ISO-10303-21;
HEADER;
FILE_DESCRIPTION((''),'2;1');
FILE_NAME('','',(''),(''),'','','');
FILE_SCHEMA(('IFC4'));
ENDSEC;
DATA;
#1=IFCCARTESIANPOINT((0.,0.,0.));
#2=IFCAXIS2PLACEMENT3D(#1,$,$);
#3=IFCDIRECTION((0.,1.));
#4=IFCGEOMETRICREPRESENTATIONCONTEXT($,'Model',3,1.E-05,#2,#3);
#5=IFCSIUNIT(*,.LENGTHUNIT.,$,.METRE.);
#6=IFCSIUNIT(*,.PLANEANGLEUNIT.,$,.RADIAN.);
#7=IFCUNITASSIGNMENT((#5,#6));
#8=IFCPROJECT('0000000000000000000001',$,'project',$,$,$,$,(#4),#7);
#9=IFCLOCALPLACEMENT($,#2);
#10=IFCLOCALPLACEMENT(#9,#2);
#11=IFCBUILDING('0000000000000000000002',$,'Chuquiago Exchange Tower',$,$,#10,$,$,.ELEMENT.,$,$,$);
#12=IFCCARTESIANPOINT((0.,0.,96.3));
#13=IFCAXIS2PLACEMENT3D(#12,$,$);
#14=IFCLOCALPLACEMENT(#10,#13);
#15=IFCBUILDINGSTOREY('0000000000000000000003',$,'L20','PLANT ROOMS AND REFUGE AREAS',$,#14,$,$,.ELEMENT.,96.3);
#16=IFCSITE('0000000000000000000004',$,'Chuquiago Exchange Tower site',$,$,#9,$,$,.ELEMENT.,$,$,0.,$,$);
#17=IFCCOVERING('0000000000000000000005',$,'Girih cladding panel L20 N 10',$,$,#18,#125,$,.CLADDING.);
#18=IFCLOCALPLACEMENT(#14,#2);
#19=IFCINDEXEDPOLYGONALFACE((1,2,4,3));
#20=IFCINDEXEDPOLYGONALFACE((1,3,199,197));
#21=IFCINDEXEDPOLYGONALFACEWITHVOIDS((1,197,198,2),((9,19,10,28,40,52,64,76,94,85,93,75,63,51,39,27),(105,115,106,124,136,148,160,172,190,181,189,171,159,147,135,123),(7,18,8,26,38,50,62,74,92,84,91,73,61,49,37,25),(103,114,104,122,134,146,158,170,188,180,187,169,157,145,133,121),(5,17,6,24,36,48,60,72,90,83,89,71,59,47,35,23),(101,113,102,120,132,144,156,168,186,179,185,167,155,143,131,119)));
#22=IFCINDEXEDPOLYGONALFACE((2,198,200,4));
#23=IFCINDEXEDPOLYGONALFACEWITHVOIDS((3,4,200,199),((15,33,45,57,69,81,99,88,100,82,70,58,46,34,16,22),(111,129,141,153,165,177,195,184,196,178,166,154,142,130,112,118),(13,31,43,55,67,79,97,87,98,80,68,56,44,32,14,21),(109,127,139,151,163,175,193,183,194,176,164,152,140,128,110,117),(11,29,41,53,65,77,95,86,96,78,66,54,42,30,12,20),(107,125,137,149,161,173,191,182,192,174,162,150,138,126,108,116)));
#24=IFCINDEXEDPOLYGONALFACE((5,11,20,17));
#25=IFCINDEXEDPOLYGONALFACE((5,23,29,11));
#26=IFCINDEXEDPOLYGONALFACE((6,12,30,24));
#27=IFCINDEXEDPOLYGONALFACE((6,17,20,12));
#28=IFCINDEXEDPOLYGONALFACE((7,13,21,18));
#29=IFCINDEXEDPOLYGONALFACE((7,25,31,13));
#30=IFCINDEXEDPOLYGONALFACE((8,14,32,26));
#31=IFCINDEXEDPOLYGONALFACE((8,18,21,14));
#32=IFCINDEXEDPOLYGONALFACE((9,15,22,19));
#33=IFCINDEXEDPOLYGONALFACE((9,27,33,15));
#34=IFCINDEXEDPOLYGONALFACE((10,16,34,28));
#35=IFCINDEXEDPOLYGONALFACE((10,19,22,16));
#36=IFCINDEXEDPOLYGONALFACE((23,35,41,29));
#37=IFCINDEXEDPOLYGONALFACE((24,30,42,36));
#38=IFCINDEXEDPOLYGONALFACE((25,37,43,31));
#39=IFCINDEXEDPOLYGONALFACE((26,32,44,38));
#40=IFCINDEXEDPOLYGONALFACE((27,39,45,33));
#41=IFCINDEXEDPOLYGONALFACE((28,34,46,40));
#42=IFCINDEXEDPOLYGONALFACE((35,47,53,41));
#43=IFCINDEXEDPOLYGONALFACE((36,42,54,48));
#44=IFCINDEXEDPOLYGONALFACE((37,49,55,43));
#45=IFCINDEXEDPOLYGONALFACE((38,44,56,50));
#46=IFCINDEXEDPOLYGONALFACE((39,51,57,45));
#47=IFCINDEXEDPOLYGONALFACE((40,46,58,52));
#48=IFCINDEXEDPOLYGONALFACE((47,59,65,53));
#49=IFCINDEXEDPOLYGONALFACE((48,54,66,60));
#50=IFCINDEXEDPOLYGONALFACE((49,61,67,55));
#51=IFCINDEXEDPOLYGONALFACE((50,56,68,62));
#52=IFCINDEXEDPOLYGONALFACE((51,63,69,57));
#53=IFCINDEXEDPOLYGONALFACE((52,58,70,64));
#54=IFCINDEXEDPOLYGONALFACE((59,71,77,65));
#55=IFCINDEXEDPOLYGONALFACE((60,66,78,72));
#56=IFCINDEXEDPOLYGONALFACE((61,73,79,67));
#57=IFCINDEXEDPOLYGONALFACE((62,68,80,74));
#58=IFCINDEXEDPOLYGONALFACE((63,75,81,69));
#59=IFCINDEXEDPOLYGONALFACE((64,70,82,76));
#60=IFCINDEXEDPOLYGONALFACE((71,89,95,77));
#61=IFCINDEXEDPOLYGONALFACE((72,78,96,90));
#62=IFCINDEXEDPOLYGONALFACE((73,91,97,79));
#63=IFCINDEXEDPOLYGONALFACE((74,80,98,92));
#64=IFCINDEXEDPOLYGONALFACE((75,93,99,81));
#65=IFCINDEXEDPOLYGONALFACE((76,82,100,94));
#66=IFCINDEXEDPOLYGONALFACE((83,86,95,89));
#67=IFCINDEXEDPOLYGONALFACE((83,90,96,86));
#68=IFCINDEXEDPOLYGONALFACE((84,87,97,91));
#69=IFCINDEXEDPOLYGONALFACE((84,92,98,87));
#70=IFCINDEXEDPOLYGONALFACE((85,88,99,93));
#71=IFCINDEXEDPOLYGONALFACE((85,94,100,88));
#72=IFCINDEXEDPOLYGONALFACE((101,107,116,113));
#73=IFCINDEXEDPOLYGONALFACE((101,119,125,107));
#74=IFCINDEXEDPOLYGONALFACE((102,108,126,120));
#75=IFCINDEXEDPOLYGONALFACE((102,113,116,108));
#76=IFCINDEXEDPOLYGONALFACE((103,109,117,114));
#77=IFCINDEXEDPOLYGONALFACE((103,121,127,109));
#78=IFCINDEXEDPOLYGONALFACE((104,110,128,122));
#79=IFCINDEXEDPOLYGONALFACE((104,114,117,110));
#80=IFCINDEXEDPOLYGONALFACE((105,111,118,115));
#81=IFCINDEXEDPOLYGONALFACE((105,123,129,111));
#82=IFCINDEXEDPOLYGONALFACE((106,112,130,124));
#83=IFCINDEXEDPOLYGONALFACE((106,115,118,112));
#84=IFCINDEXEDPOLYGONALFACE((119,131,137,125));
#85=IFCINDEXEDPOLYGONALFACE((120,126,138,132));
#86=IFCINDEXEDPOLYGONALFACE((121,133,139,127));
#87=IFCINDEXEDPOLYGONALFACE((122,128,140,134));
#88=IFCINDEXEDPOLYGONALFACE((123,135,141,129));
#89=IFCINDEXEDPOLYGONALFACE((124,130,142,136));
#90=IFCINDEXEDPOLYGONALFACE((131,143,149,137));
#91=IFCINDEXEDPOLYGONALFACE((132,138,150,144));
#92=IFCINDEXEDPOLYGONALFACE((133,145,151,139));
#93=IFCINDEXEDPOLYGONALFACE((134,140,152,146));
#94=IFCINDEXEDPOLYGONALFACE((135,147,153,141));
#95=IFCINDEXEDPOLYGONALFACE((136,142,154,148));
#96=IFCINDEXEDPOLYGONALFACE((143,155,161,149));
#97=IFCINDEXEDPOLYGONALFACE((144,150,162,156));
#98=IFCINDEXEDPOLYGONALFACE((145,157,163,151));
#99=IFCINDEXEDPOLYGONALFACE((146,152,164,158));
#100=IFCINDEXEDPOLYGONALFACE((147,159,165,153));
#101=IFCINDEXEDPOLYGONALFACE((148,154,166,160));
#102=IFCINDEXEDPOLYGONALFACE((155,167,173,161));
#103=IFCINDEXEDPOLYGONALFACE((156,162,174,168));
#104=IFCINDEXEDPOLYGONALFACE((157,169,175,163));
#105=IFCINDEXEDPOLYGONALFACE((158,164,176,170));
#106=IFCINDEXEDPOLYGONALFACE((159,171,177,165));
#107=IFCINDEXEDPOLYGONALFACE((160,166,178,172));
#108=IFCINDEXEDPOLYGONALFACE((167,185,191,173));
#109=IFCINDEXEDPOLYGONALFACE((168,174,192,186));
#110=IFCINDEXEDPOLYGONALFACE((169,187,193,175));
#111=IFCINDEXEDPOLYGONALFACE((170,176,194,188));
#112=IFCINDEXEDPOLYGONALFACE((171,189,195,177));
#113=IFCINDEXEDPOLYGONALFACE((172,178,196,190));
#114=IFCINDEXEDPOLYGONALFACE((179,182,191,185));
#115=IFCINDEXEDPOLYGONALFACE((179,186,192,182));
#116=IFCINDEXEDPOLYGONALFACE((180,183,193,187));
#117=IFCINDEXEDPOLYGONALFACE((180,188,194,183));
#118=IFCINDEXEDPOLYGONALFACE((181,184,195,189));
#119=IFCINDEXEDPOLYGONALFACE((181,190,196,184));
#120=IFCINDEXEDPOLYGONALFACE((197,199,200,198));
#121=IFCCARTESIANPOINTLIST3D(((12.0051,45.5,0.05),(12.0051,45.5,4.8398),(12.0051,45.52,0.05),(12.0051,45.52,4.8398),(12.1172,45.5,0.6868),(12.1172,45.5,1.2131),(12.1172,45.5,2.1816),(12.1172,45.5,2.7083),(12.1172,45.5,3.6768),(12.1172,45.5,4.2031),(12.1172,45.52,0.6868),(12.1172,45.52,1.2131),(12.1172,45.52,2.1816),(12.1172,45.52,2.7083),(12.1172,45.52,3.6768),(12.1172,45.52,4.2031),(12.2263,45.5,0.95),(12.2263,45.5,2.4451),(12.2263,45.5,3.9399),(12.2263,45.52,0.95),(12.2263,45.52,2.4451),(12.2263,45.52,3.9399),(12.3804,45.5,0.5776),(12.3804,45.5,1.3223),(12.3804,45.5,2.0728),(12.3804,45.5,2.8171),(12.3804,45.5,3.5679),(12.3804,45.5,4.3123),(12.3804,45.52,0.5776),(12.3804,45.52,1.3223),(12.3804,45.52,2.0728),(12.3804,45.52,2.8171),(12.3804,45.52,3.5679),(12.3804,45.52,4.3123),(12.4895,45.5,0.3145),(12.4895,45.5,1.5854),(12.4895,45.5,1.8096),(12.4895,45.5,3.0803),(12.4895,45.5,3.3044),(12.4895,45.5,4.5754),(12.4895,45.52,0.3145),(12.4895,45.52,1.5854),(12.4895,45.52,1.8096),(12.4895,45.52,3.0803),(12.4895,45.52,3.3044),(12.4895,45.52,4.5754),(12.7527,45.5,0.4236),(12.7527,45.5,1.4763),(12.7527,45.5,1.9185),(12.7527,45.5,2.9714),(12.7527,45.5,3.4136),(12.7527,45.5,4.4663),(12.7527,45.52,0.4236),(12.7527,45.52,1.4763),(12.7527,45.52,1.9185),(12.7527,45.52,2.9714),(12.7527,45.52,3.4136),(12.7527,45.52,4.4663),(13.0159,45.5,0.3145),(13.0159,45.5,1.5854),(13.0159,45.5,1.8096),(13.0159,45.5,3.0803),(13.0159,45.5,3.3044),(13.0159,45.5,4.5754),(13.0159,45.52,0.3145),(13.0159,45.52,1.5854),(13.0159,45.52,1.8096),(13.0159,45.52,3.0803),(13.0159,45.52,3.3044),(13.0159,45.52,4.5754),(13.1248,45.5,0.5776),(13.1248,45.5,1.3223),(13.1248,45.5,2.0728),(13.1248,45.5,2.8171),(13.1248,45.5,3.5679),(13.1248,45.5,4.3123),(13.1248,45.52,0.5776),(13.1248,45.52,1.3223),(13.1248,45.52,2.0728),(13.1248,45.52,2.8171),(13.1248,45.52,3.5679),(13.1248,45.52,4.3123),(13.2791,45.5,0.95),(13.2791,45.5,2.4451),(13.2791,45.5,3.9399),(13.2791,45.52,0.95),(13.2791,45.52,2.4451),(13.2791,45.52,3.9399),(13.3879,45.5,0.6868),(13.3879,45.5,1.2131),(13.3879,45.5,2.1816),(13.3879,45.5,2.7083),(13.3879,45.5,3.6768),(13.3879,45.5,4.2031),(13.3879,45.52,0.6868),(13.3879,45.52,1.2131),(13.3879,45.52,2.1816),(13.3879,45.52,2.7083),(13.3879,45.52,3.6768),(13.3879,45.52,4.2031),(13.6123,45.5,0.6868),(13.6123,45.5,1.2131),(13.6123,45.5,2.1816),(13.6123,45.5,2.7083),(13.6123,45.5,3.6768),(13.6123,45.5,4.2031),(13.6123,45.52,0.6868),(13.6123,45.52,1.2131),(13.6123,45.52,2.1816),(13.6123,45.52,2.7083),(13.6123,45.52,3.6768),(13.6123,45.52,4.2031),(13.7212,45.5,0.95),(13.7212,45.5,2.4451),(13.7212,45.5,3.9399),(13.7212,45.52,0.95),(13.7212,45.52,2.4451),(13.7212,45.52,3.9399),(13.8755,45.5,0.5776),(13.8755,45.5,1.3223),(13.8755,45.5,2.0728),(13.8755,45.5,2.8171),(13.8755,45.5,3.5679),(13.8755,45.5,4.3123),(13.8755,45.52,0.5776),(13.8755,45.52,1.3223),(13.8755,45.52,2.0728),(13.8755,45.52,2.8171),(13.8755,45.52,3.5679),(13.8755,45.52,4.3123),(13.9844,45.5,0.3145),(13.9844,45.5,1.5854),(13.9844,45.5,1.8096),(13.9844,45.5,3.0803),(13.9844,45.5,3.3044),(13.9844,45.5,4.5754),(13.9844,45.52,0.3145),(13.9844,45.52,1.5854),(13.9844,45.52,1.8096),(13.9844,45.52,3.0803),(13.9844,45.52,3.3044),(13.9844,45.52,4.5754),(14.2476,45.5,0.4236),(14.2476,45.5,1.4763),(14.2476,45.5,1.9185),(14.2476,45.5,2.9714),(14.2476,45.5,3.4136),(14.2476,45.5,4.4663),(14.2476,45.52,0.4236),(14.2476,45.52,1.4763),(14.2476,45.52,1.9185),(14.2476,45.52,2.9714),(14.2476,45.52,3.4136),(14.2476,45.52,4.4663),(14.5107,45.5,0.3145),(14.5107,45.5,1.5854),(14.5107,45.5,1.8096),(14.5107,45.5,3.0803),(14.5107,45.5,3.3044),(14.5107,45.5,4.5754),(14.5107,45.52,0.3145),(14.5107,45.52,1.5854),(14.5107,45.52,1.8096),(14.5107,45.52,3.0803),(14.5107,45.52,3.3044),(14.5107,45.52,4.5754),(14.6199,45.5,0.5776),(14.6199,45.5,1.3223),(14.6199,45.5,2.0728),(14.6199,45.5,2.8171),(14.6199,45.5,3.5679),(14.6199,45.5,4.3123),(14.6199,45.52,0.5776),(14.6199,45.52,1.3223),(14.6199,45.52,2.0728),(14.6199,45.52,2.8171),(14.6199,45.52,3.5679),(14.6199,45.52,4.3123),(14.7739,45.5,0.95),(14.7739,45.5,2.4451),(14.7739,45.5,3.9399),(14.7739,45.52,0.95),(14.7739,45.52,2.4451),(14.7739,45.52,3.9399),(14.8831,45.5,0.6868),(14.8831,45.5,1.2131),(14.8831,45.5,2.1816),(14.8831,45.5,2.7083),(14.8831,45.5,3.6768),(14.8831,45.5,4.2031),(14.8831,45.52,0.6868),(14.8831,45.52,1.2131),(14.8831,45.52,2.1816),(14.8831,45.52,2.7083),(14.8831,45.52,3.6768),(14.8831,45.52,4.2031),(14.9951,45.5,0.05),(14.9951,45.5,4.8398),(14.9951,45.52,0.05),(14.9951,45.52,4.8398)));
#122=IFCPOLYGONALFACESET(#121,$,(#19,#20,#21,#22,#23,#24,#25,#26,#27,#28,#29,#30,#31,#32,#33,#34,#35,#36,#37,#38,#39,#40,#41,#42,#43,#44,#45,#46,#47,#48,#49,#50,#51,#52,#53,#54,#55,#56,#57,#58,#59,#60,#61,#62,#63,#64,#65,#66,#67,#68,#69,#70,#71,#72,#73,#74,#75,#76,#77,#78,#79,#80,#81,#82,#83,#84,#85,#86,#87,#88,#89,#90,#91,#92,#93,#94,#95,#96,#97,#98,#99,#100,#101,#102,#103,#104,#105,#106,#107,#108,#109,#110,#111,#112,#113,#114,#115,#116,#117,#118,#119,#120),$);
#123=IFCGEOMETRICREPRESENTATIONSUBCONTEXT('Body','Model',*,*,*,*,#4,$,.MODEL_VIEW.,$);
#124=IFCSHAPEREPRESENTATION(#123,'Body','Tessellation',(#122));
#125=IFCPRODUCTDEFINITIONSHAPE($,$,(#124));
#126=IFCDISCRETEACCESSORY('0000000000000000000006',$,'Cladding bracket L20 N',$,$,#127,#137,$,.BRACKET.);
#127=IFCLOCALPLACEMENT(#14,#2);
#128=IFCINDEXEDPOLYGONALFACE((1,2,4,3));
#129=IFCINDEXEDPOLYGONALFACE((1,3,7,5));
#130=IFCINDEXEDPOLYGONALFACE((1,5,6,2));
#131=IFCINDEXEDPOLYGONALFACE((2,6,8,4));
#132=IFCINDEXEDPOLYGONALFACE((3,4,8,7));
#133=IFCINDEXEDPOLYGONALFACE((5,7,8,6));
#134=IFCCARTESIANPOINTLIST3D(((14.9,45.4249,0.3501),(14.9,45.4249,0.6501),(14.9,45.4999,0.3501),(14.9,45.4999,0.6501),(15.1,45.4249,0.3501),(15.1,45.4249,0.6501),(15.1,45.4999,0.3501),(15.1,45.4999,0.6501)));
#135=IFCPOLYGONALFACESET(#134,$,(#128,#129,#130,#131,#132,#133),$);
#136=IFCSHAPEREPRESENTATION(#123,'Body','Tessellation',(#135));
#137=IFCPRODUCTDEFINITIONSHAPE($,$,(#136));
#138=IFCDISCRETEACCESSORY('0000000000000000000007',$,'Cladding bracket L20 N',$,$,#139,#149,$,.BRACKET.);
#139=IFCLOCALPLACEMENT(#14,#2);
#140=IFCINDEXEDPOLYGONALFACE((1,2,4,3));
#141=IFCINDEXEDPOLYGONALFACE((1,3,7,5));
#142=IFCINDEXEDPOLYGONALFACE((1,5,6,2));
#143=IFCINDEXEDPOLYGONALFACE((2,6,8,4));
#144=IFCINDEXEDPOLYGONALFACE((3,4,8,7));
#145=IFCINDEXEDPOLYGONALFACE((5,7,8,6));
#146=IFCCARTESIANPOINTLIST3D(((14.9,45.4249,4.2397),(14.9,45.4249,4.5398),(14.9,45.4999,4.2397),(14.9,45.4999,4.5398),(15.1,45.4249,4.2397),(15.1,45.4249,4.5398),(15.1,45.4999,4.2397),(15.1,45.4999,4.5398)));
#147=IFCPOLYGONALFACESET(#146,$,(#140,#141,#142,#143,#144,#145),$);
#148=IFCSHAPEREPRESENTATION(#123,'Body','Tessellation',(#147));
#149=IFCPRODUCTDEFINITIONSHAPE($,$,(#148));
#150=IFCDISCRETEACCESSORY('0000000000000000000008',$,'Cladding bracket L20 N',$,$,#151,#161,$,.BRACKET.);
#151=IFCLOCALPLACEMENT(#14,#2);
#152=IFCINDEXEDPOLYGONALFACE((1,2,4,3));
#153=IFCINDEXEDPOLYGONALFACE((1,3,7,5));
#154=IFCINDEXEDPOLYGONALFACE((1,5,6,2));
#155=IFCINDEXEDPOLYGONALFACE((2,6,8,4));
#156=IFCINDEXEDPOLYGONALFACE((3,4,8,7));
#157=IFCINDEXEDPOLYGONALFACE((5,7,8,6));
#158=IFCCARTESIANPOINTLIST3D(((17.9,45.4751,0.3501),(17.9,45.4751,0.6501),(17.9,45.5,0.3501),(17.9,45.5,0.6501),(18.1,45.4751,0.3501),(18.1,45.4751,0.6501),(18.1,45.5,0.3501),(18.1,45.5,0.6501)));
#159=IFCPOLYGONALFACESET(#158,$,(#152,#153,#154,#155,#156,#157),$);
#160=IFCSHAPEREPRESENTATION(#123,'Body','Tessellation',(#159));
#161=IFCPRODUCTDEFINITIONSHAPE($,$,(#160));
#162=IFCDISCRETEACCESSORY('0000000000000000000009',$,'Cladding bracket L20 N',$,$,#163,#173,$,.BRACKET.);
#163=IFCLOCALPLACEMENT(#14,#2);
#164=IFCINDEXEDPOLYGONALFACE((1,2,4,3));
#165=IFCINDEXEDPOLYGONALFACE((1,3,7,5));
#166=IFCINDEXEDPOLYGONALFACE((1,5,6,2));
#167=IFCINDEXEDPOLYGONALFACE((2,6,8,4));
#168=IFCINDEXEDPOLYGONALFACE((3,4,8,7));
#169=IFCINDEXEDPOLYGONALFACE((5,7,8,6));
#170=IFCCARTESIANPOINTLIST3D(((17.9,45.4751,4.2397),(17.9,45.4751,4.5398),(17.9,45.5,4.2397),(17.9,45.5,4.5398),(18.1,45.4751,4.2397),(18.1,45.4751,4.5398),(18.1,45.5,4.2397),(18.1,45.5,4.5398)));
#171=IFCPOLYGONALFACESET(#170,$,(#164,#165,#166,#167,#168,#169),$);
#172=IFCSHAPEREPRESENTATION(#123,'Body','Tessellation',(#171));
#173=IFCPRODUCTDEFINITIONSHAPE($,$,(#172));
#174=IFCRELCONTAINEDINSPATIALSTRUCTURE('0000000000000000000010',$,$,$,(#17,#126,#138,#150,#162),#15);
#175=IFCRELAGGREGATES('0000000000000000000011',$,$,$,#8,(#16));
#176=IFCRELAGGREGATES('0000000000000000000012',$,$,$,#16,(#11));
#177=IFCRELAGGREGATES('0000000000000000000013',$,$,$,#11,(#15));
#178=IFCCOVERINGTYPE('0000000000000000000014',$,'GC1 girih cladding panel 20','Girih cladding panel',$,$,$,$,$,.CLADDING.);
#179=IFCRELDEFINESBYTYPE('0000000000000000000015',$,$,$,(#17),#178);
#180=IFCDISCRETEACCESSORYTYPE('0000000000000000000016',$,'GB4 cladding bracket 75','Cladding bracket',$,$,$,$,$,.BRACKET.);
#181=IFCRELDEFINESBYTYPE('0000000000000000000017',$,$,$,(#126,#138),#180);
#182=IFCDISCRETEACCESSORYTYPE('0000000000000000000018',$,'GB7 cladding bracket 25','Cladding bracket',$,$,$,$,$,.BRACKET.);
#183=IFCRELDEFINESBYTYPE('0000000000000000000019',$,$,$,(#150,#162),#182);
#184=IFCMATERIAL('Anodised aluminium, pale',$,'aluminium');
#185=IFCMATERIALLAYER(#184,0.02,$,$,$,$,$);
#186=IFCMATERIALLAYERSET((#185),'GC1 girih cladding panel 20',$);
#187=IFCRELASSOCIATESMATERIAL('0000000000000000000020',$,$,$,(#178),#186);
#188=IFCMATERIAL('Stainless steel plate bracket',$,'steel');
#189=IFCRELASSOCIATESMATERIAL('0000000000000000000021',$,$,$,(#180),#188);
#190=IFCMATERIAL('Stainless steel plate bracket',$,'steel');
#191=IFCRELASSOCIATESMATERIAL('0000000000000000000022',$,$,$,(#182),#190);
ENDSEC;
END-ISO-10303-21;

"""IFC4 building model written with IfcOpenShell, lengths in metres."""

from ifc_helpers import new_model, si_unit, direction, frame, origin, origin_2d, place, context, subcontext, project, spatial, polyline, rectangle, outline, extrude, material, layer, layer_set, type_object, element, save


model = new_model("IFC4")

# Units and contexts
model_context = context("Model", 3, precision=1e-05, world=origin(), true_north=direction((0.0, 1.0)))
body_context = subcontext(model_context, "Body", "Model", "MODEL_VIEW")
ifc_project = project(units=[si_unit("LENGTHUNIT", "METRE"), si_unit("PLANEANGLEUNIT", "RADIAN")], contexts=[model_context])

# Site, building, storey
site_placement = place(None, origin())
site = spatial("IfcSite", under=ifc_project, at=site_placement, Name="Chuquiago Exchange Tower site", CompositionType="ELEMENT", RefElevation=0.0)
building_placement = place(site_placement, origin())
building = spatial("IfcBuilding", under=site, at=building_placement, Name="Chuquiago Exchange Tower", CompositionType="ELEMENT")
storey_placement = place(building_placement, frame((0.0, 0.0, 96.3)))
storey = spatial("IfcBuildingStorey", under=building, at=storey_placement, Name="L20", Description="PLANT ROOMS AND REFUGE AREAS", CompositionType="ELEMENT", Elevation=96.3)

# Covering
ifc_material_1 = material(Name="Anodised aluminium, pale", Category="aluminium")
ifc_layer_1 = layer(ifc_material_1, 0.02)
ifc_layer_set_1 = layer_set([ifc_layer_1], Name="GC1 girih cladding panel 20")
covering_type = type_object("IfcCoveringType", Name="GC1 girih cladding panel 20", Description="Girih cladding panel", PredefinedType="CLADDING", material=ifc_layer_set_1)
covering_1_placement = place(storey_placement, frame((14.9951, 45.5, 0.05), z_axis=(0.0, 0.0, 1.0), x_axis=(-1.0, 0.0, 0.0)))
element("IfcCovering", 1, at=covering_1_placement, inside=storey, type_object=covering_type, Name="Girih cladding panel L20 N 10", PredefinedType="CLADDING", context=body_context, shape_type="SweptSolid", body=[
    extrude(outline(polyline([(0.0, 0.0), (2.99, 0.0), (2.99, 4.7898), (0.0, 4.7898), (0.0, 0.0)]), holes=[polyline([(1.2739, 0.8999), (1.3828, 1.1631), (1.1196, 1.2722), (1.0107, 1.5354), (0.7476, 1.4263), (0.4844, 1.5354), (0.3752, 1.2722), (0.1121, 1.1631), (0.2212, 0.8999), (0.1121, 0.6367), (0.3752, 0.5276), (0.4844, 0.2644), (0.7476, 0.3735), (1.0107, 0.2644), (1.1196, 0.5276), (1.3828, 0.6367), (1.2739, 0.8999)]), polyline([(2.7688, 0.8999), (2.8779, 1.1631), (2.6147, 1.2722), (2.5056, 1.5354), (2.2424, 1.4263), (1.9792, 1.5354), (1.8704, 1.2722), (1.6072, 1.1631), (1.7161, 0.8999), (1.6072, 0.6367), (1.8704, 0.5276), (1.9792, 0.2644), (2.2424, 0.3735), (2.5056, 0.2644), (2.6147, 0.5276), (2.8779, 0.6367), (2.7688, 0.8999)]), polyline([(1.2739, 2.395), (1.3828, 2.6582), (1.1196, 2.7671), (1.0107, 3.0303), (0.7476, 2.9214), (0.4844, 3.0303), (0.3752, 2.7671), (0.1121, 2.6582), (0.2212, 2.395), (0.1121, 2.1316), (0.3752, 2.0227), (0.4844, 1.7595), (0.7476, 1.8684), (1.0107, 1.7595), (1.1196, 2.0227), (1.3828, 2.1316), (1.2739, 2.395)]), polyline([(2.7688, 2.395), (2.8779, 2.6582), (2.6147, 2.7671), (2.5056, 3.0303), (2.2424, 2.9214), (1.9792, 3.0303), (1.8704, 2.7671), (1.6072, 2.6582), (1.7161, 2.395), (1.6072, 2.1316), (1.8704, 2.0227), (1.9792, 1.7595), (2.2424, 1.8684), (2.5056, 1.7595), (2.6147, 2.0227), (2.8779, 2.1316), (2.7688, 2.395)]), polyline([(1.2739, 3.8899), (1.3828, 4.1531), (1.1196, 4.2622), (1.0107, 4.5254), (0.7476, 4.4163), (0.4844, 4.5254), (0.3752, 4.2622), (0.1121, 4.1531), (0.2212, 3.8899), (0.1121, 3.6267), (0.3752, 3.5178), (0.4844, 3.2544), (0.7476, 3.3635), (1.0107, 3.2544), (1.1196, 3.5178), (1.3828, 3.6267), (1.2739, 3.8899)]), polyline([(2.7688, 3.8899), (2.8779, 4.1531), (2.6147, 4.2622), (2.5056, 4.5254), (2.2424, 4.4163), (1.9792, 4.5254), (1.8704, 4.2622), (1.6072, 4.1531), (1.7161, 3.8899), (1.6072, 3.6267), (1.8704, 3.5178), (1.9792, 3.2544), (2.2424, 3.3635), (2.5056, 3.2544), (2.6147, 3.5178), (2.8779, 3.6267), (2.7688, 3.8899)])]), frame((0.0, 0.0, 0.0), z_axis=(0.0, -1.0, 0.0), x_axis=(1.0, 0.0, 0.0)), (0.0, 0.0, 1.0), 0.02),
])

# Discrete accessories
ifc_material_2 = material(Name="Stainless steel plate bracket", Category="steel")
discrete_accessory_type_1 = type_object("IfcDiscreteAccessoryType", Name="GB4 cladding bracket 75", Description="Cladding bracket", PredefinedType="BRACKET", material=ifc_material_2)
for number, where, z_axis, x_axis, name in (
    (2, (15.0, 45.4624, 0.3501), (0.0, 0.0, 1.0), (-1.0, 0.0, 0.0), "Cladding bracket L20 N"),
    (3, (15.0, 45.4624, 4.2397), (0.0, 0.0, 1.0), (-1.0, 0.0, 0.0), "Cladding bracket L20 N"),
):
    element("IfcDiscreteAccessory", number, at=place(storey_placement, frame(where, z_axis=z_axis, x_axis=x_axis)), inside=storey, type_object=discrete_accessory_type_1, Name=name, PredefinedType="BRACKET", context=body_context, shape_type="SweptSolid", body=[
        extrude(rectangle(XDim=0.2, YDim=0.075, at=origin_2d()), origin(), (0.0, 0.0, 1.0), 0.3),
    ])
ifc_material_3 = material(Name="Stainless steel plate bracket", Category="steel")
discrete_accessory_type_2 = type_object("IfcDiscreteAccessoryType", Name="GB7 cladding bracket 25", Description="Cladding bracket", PredefinedType="BRACKET", material=ifc_material_3)
for number, where, z_axis, x_axis, name in (
    (4, (18.0, 45.4875, 0.3501), (0.0, 0.0, 1.0), (-1.0, 0.0, 0.0), "Cladding bracket L20 N"),
    (5, (18.0, 45.4875, 4.2397), (0.0, 0.0, 1.0), (-1.0, 0.0, 0.0), "Cladding bracket L20 N"),
):
    element("IfcDiscreteAccessory", number, at=place(storey_placement, frame(where, z_axis=z_axis, x_axis=x_axis)), inside=storey, type_object=discrete_accessory_type_2, Name=name, PredefinedType="BRACKET", context=body_context, shape_type="SweptSolid", body=[
        extrude(rectangle(XDim=0.2, YDim=0.0249, at=origin_2d()), origin(), (0.0, 0.0, 1.0), 0.3),
    ])

save(model, "model.ifc")
